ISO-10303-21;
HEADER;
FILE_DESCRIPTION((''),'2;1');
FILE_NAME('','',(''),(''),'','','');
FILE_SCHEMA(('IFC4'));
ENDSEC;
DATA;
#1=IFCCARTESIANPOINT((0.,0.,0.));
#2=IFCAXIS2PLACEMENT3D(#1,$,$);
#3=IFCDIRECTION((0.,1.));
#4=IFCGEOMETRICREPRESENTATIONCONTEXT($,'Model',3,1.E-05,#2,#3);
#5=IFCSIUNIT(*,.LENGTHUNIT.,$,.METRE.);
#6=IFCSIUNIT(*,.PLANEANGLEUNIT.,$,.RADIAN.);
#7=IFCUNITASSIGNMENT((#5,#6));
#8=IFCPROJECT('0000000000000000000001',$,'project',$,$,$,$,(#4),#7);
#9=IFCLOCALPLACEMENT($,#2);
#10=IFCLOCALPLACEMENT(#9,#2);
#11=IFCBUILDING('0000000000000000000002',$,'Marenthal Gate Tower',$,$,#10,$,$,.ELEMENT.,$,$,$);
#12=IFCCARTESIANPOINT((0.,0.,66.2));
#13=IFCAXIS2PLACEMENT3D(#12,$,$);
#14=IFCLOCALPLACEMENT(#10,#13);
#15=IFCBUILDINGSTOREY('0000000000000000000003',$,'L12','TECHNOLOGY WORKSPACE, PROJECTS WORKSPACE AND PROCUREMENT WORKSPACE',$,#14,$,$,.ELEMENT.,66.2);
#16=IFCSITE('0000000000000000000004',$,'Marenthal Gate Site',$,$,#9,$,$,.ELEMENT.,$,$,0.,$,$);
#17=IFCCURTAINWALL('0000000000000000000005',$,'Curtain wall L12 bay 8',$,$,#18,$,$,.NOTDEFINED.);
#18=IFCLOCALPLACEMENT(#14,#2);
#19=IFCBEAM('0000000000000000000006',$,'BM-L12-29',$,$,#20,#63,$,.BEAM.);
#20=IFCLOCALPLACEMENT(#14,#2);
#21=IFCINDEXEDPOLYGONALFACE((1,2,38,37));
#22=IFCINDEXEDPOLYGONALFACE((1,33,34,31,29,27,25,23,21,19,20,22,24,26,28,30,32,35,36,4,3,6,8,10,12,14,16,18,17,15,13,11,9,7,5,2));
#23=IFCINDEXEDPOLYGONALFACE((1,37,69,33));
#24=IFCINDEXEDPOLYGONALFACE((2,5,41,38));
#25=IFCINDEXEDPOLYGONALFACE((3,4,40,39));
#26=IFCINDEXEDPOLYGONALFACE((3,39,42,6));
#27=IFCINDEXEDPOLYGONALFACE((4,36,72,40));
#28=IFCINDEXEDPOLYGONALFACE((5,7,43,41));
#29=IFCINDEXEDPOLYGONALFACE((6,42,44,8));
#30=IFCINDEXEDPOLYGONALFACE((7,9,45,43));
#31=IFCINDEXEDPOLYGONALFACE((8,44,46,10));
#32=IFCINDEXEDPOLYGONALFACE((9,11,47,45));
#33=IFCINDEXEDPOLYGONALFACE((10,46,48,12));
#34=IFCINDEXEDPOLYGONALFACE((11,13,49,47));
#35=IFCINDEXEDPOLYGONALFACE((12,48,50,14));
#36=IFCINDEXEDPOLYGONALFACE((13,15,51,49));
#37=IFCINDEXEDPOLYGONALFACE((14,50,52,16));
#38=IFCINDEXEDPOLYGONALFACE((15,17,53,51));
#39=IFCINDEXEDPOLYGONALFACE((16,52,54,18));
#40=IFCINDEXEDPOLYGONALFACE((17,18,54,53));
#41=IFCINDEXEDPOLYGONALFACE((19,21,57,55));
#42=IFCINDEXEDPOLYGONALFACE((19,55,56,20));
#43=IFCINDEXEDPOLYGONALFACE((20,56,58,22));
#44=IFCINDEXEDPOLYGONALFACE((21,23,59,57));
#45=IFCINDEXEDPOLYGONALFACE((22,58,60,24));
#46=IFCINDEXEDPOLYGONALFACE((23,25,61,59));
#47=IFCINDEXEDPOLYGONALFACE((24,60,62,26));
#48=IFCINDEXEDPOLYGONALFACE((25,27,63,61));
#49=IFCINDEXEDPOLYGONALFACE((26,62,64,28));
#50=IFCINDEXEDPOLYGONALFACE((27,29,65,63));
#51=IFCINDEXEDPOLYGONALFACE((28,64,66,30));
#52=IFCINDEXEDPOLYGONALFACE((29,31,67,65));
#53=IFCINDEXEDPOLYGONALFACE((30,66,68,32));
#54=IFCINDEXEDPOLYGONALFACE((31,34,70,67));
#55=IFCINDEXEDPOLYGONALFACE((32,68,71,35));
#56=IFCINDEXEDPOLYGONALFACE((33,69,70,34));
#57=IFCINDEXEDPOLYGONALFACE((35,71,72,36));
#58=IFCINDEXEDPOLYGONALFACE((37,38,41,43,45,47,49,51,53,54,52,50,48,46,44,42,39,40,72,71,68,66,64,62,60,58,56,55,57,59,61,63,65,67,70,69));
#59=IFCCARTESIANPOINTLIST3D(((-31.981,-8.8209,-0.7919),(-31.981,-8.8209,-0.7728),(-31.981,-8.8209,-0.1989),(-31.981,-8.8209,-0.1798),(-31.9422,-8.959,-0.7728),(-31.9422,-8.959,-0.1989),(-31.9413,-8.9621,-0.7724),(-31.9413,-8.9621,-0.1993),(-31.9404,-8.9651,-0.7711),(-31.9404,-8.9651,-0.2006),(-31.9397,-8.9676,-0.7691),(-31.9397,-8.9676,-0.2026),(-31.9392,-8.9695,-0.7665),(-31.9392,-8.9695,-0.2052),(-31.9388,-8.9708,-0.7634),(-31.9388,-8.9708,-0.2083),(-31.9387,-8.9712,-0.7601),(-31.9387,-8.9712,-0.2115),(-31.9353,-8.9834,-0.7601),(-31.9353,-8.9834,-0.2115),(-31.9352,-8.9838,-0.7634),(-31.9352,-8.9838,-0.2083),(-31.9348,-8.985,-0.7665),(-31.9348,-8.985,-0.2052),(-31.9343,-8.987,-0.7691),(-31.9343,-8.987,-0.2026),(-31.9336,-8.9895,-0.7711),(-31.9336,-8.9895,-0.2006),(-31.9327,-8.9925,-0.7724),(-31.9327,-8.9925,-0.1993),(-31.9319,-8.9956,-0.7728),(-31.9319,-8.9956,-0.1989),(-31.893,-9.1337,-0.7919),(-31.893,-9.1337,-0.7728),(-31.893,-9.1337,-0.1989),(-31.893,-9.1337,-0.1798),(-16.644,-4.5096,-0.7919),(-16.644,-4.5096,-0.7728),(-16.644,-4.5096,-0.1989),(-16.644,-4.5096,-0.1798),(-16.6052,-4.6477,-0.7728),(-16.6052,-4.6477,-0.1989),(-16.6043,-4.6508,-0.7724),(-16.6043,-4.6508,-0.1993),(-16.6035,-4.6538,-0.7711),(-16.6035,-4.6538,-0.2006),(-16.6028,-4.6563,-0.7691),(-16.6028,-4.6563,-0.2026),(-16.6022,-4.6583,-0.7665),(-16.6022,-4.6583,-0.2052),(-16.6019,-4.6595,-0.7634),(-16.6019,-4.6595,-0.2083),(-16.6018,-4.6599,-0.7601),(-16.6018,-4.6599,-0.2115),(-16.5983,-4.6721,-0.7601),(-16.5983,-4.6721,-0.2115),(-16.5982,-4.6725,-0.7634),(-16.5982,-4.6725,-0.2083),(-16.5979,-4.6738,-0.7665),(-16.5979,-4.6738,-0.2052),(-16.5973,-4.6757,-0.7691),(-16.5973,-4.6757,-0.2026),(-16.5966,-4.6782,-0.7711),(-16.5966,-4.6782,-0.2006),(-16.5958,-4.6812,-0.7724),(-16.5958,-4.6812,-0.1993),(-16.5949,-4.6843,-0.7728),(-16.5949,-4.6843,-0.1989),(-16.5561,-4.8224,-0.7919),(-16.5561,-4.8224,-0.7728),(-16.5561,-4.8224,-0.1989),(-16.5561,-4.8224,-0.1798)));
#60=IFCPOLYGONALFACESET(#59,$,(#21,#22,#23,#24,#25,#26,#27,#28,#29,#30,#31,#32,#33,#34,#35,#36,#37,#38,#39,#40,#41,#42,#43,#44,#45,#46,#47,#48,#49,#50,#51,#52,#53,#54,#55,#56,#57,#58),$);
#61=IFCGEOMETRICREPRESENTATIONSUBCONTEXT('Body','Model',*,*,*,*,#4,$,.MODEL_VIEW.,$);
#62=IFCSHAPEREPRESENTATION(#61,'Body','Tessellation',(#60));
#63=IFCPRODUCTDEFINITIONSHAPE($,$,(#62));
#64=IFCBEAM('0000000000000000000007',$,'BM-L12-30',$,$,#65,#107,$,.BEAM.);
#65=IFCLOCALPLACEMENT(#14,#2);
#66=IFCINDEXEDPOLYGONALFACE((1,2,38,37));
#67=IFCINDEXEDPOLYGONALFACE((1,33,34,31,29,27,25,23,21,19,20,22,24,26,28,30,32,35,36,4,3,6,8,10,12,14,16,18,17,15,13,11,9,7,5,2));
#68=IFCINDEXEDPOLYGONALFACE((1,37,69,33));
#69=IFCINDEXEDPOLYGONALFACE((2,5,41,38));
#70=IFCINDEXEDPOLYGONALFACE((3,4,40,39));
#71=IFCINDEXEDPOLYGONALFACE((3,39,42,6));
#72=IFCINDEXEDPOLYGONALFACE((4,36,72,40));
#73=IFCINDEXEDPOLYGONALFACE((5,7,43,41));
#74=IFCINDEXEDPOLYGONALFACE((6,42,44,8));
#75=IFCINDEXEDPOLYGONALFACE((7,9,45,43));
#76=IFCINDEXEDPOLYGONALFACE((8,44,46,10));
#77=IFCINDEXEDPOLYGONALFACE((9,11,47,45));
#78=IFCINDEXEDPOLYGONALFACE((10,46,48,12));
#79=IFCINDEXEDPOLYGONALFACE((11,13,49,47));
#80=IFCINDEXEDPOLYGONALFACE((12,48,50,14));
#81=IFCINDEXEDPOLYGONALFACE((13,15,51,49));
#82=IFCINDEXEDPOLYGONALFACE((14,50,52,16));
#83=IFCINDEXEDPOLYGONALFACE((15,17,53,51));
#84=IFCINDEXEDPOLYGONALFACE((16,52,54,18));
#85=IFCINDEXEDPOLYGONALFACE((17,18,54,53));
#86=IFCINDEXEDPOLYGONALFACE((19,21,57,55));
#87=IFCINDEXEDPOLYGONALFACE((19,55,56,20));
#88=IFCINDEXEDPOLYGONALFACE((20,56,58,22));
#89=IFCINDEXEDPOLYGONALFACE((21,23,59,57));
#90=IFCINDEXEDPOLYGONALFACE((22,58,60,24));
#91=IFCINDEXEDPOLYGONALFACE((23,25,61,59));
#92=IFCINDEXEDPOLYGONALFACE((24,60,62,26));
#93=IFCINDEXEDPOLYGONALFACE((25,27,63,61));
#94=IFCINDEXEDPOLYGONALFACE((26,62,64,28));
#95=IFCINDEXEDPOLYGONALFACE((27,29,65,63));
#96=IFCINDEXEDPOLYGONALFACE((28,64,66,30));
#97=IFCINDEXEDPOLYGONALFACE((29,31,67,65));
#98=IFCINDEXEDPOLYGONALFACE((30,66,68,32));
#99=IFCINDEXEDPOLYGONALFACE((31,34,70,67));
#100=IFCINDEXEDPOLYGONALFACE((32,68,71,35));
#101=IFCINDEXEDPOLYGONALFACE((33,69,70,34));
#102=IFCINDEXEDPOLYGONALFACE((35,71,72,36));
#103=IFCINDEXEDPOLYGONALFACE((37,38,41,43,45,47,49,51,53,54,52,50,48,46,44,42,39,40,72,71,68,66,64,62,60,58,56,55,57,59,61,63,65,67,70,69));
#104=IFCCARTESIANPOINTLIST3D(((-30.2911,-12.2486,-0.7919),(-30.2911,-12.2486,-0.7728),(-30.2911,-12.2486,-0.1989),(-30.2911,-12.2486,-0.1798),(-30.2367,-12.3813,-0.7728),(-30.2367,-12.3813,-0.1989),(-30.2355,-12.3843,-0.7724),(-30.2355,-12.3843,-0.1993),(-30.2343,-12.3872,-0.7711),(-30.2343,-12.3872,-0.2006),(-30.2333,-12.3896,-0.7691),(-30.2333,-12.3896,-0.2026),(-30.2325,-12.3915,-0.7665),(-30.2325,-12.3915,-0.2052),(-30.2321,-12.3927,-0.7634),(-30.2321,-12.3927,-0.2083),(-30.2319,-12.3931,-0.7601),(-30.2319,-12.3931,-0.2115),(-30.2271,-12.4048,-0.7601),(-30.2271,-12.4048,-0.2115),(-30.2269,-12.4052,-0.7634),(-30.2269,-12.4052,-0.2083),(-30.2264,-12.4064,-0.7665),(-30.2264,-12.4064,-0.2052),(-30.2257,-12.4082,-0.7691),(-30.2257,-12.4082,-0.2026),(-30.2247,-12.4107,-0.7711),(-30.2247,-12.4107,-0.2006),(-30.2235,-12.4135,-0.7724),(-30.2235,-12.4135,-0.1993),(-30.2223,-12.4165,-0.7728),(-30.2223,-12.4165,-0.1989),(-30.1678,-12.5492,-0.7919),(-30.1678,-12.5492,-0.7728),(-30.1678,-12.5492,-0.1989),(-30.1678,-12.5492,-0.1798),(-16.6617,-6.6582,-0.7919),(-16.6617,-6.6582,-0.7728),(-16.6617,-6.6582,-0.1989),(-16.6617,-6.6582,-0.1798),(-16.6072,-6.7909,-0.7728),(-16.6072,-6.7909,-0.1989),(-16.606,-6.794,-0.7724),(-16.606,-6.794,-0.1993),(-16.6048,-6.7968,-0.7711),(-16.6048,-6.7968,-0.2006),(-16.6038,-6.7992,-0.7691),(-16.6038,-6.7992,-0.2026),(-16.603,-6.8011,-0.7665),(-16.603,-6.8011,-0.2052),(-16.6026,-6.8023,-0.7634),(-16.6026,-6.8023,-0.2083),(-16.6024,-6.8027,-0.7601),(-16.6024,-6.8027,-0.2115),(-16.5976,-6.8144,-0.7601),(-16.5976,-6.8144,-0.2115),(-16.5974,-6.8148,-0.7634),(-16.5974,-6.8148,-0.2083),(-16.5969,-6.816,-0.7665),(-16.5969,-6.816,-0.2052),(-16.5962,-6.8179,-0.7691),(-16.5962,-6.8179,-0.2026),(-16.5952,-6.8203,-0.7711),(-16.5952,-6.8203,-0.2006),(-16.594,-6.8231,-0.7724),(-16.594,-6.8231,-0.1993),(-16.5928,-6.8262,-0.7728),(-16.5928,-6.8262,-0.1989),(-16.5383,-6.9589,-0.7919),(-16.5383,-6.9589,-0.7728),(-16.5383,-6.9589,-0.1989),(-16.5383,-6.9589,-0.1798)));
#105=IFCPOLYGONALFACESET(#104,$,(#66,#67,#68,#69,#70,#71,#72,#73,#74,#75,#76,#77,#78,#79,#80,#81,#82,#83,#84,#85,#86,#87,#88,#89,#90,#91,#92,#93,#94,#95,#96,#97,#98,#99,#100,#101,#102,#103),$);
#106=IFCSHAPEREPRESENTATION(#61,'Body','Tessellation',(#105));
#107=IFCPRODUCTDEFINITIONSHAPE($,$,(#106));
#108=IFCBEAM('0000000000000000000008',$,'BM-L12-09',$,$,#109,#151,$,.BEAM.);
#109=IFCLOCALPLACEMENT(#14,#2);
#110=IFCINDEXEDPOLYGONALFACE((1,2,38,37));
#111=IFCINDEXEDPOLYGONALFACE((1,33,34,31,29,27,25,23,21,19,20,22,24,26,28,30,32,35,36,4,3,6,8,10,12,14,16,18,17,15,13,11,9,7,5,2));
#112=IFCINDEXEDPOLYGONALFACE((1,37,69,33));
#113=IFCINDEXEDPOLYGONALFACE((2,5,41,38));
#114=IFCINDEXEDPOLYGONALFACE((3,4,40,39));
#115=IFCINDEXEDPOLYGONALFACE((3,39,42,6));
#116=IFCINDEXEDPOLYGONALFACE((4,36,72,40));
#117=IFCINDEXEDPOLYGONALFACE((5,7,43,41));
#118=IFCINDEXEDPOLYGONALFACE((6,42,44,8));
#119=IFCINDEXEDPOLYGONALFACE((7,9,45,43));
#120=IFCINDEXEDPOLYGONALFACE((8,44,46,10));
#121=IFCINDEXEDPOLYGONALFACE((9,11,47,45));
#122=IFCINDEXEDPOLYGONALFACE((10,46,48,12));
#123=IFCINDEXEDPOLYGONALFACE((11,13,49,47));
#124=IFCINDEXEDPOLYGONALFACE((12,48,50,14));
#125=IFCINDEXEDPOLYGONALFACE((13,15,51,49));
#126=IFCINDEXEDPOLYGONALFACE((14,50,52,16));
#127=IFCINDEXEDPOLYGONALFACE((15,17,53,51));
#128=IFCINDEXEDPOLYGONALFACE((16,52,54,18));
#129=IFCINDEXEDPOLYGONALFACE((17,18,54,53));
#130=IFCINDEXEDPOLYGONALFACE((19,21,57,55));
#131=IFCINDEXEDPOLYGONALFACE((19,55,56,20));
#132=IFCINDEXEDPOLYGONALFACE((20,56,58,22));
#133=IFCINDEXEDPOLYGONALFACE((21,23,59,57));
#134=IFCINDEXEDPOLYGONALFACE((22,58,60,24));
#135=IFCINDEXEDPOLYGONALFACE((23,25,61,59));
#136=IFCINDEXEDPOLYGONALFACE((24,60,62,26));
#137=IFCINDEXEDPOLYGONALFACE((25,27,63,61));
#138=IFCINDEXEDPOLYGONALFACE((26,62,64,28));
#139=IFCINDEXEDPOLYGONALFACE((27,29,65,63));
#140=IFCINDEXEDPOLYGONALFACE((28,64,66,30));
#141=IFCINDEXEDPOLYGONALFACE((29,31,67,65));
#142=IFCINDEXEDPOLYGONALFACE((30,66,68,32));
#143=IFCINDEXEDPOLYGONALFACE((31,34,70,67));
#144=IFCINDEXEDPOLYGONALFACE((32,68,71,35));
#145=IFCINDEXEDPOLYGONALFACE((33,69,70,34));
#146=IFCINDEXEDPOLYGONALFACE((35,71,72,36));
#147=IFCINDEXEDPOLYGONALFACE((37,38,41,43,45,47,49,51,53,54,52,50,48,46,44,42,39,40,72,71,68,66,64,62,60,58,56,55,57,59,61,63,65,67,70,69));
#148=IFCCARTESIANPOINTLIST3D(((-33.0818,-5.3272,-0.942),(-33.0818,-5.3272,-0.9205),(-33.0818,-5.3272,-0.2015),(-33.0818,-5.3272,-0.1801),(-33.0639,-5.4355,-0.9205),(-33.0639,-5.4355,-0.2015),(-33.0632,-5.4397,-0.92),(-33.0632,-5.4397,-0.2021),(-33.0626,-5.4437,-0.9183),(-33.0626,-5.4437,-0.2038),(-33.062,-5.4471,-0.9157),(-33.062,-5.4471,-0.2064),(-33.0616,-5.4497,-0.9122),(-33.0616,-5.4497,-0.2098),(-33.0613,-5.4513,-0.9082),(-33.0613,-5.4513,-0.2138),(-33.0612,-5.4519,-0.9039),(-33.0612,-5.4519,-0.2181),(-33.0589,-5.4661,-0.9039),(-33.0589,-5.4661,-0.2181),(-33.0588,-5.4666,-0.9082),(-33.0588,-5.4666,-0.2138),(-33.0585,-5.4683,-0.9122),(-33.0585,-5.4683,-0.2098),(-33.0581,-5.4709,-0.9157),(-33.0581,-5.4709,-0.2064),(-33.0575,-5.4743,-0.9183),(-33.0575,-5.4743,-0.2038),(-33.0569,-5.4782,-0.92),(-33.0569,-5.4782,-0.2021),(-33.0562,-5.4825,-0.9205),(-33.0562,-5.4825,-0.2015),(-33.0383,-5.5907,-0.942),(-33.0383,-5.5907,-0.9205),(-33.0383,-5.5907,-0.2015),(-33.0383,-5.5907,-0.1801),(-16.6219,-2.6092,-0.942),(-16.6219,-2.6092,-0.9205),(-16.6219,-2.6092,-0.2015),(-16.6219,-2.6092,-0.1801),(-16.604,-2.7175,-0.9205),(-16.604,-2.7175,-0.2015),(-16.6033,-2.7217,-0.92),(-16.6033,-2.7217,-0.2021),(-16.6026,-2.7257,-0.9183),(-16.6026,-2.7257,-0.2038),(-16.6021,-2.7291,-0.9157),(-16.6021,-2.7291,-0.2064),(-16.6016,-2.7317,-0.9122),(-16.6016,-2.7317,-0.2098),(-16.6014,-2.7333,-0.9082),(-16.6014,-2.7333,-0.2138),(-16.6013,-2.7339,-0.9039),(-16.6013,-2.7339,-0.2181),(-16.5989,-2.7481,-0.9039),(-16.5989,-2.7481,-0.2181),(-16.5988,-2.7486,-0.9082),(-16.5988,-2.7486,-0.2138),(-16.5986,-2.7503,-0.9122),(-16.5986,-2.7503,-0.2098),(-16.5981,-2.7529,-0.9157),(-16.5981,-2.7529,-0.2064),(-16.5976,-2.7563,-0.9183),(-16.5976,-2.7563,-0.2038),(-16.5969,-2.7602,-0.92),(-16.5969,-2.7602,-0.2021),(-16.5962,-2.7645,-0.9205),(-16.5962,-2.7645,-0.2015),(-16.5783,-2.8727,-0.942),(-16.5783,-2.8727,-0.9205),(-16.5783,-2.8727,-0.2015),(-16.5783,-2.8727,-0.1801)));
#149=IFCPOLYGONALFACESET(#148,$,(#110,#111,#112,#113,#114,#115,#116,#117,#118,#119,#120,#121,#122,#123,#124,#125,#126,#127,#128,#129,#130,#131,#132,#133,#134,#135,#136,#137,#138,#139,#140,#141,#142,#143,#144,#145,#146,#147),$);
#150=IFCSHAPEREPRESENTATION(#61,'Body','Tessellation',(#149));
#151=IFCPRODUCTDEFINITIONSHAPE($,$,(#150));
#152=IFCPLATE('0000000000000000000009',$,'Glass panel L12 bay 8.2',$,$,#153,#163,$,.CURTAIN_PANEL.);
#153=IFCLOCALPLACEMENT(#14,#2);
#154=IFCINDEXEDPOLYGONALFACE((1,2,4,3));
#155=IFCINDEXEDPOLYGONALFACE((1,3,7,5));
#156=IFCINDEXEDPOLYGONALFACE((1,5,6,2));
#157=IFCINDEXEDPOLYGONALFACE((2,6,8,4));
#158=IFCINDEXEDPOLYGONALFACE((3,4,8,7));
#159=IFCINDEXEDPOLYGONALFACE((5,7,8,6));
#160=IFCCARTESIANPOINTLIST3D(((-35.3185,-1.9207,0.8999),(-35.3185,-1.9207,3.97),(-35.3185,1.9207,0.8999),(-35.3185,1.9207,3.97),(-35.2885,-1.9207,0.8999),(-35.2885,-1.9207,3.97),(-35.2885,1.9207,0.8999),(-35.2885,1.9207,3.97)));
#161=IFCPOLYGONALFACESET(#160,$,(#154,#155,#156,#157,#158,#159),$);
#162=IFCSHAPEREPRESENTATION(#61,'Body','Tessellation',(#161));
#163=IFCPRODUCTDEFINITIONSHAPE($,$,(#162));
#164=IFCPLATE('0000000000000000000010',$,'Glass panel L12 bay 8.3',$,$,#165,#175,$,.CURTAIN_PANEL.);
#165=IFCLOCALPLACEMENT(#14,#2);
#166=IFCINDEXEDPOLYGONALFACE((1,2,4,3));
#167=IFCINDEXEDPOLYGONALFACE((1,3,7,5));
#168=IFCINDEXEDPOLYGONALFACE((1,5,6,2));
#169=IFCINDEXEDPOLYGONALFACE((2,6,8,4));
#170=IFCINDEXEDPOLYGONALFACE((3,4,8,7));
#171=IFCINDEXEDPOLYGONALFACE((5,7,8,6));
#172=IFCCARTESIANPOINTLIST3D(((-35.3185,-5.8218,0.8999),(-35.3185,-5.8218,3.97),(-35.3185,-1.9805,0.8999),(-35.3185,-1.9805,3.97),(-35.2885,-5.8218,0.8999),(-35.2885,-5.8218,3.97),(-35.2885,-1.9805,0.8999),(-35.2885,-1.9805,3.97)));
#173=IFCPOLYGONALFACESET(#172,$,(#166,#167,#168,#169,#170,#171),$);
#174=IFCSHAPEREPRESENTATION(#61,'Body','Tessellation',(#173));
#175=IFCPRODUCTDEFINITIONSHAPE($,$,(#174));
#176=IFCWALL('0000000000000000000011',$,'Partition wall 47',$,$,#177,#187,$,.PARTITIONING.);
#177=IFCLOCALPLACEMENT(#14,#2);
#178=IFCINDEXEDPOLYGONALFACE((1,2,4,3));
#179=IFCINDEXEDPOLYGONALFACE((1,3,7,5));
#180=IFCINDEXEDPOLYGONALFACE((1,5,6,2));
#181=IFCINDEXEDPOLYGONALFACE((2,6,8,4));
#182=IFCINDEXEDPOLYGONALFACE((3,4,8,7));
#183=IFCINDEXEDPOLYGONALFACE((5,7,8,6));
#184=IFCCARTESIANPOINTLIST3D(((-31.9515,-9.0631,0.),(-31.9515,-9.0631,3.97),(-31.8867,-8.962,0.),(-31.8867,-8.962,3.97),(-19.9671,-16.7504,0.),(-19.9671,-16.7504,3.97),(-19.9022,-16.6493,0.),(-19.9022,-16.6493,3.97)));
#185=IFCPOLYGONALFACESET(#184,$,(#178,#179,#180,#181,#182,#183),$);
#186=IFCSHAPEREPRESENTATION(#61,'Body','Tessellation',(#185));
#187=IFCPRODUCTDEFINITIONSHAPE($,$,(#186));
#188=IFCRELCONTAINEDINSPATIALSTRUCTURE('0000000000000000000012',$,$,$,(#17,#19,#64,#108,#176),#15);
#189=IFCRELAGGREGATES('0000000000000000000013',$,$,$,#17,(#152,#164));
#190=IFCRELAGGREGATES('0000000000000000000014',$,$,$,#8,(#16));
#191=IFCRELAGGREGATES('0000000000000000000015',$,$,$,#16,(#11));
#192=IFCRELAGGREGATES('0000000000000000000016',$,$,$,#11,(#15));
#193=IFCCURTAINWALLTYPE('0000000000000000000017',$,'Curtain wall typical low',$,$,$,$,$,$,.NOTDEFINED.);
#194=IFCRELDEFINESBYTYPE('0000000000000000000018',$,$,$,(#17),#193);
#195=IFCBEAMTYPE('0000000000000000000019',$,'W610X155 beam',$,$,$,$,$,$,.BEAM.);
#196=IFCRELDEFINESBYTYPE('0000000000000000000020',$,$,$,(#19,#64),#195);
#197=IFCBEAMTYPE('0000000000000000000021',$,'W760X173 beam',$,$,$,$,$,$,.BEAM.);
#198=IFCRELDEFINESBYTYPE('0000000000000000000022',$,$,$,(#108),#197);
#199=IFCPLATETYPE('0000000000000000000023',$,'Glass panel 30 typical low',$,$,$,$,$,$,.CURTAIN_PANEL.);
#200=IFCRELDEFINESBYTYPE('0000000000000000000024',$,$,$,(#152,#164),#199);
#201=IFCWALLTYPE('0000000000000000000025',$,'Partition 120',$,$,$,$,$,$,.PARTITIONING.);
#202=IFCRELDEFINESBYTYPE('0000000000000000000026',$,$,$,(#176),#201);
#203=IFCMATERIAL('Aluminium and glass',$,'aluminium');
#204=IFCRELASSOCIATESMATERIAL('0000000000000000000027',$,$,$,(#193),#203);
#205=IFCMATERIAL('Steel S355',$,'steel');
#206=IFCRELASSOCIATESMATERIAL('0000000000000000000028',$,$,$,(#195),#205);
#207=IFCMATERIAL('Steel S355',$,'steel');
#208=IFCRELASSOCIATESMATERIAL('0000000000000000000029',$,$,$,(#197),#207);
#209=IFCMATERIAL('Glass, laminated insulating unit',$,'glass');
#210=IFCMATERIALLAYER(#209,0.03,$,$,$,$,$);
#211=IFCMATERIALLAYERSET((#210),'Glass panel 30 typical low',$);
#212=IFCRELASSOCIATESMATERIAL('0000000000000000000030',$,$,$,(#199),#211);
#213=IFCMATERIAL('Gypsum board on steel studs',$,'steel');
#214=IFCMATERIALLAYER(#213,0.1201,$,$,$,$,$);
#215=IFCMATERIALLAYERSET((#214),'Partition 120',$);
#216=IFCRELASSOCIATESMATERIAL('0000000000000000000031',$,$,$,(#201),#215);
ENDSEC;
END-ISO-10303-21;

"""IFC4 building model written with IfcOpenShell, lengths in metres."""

from ifc_helpers import new_model, si_unit, direction, frame, frame_2d, origin, origin_2d, place, context, subcontext, project, spatial, rectangle, i_section, extrude, material, layer, layer_set, material_profile, profile_set, type_object, element, aggregate, save


model = new_model("IFC4")

# Units and contexts
model_context = context("Model", 3, precision=1e-05, world=origin(), true_north=direction((0.0, 1.0)))
body_context = subcontext(model_context, "Body", "Model", "MODEL_VIEW")
ifc_project = project(units=[si_unit("LENGTHUNIT", "METRE"), si_unit("PLANEANGLEUNIT", "RADIAN")], contexts=[model_context])

# Site, building, storey
site_placement = place(None, origin())
site = spatial("IfcSite", under=ifc_project, at=site_placement, Name="Marenthal Gate Site", CompositionType="ELEMENT", RefElevation=0.0)
building_placement = place(site_placement, origin())
building = spatial("IfcBuilding", under=site, at=building_placement, Name="Marenthal Gate Tower", CompositionType="ELEMENT")
storey_placement = place(building_placement, frame((0.0, 0.0, 66.2)))
storey = spatial("IfcBuildingStorey", under=building, at=storey_placement, Name="L12", Description="TECHNOLOGY WORKSPACE, PROJECTS WORKSPACE AND PROCUREMENT WORKSPACE", CompositionType="ELEMENT", Elevation=66.2)

# Curtain wall
ifc_material_1 = material(Name="Aluminium and glass", Category="aluminium")
curtain_wall_type = type_object("IfcCurtainWallType", Name="Curtain wall typical low", PredefinedType="NOTDEFINED", material=ifc_material_1)
curtain_wall_placement = place(storey_placement, origin())
curtain_wall = element("IfcCurtainWall", 1, at=curtain_wall_placement, inside=storey, type_object=curtain_wall_type, Name="Curtain wall L12 bay 8", PredefinedType="NOTDEFINED")

# Beams
ifc_material_2 = material(Name="Steel S355", Category="steel")
ifc_material_profile_1 = material_profile(ifc_material_2, i_section(OverallWidth=0.325, OverallDepth=0.6121, WebThickness=0.0127, FlangeThickness=0.019, FilletRadius=0.0127, at=origin_2d()), Name="W610X155")
ifc_profile_set_1 = profile_set([ifc_material_profile_1], Name="Steel S355")
beam_type_1 = type_object("IfcBeamType", Name="W610X155 beam", PredefinedType="BEAM", material=ifc_profile_set_1)
beam_1_placement = place(storey_placement, frame((-31.937, -8.9773, -0.4858), z_axis=(0.962687, 0.270616, 0.0), x_axis=(-0.270616, 0.962687, 0.0)))
element("IfcBeam", 2, at=beam_1_placement, inside=storey, type_object=beam_type_1, Name="BM-L12-29", PredefinedType="BEAM", context=body_context, shape_type="SweptSolid", body=[
    extrude(i_section(OverallWidth=0.325, OverallDepth=0.6121, WebThickness=0.0127, FlangeThickness=0.019, FilletRadius=0.0127, at=origin_2d()), origin(), (0.0, 0.0, 1.0), 15.9314),
])
beam_2_placement = place(storey_placement, frame((-30.2295, -12.3989, -0.4858), z_axis=(0.925198, 0.379486, 0.0), x_axis=(-0.379486, 0.925198, 0.0)))
element("IfcBeam", 3, at=beam_2_placement, inside=storey, type_object=beam_type_1, Name="BM-L12-30", PredefinedType="BEAM", context=body_context, shape_type="SweptSolid", body=[
    extrude(i_section(OverallWidth=0.325, OverallDepth=0.6121, WebThickness=0.0127, FlangeThickness=0.019, FilletRadius=0.0127, at=origin_2d()), origin(), (0.0, 0.0, 1.0), 14.7314),
])
ifc_material_3 = material(Name="Steel S355", Category="steel")
ifc_material_profile_2 = material_profile(ifc_material_3, i_section(OverallWidth=0.2671, OverallDepth=0.762, WebThickness=0.0144, FlangeThickness=0.0215, FilletRadius=0.0166, at=origin_2d()), Name="W760X173")
ifc_profile_set_2 = profile_set([ifc_material_profile_2], Name="Steel S355")
beam_type_2 = type_object("IfcBeamType", Name="W760X173 beam", PredefinedType="BEAM", material=ifc_profile_set_2)
beam_3_placement = place(storey_placement, frame((-33.0601, -5.459, -0.561), z_axis=(0.986639, 0.162923, 0.0), x_axis=(-0.162923, 0.986639, 0.0)))
element("IfcBeam", 4, at=beam_3_placement, inside=storey, type_object=beam_type_2, Name="BM-L12-09", PredefinedType="BEAM", context=body_context, shape_type="SweptSolid", body=[
    extrude(i_section(OverallWidth=0.2671, OverallDepth=0.762, WebThickness=0.0144, FlangeThickness=0.0215, FilletRadius=0.0166, at=origin_2d()), origin(), (0.0, 0.0, 1.0), 16.6829),
])

# Plates
ifc_material_4 = material(Name="Glass, laminated insulating unit", Category="glass")
ifc_layer_1 = layer(ifc_material_4, 0.03)
ifc_layer_set_1 = layer_set([ifc_layer_1], Name="Glass panel 30 typical low")
plate_type = type_object("IfcPlateType", Name="Glass panel 30 typical low", PredefinedType="CURTAIN_PANEL", material=ifc_layer_set_1)
plate_1_placement = place(storey_placement, frame((-35.3035, 0.0, 0.8999), z_axis=(0.0, 0.0, 1.0), x_axis=(0.0, -1.0, 0.0)))
plate_1 = element("IfcPlate", 5, at=plate_1_placement, type_object=plate_type, Name="Glass panel L12 bay 8.2", PredefinedType="CURTAIN_PANEL", context=body_context, shape_type="SweptSolid", body=[
    extrude(rectangle(XDim=3.8413, YDim=0.03, at=origin_2d()), origin(), (0.0, 0.0, 1.0), 3.0701),
])
plate_2_placement = place(storey_placement, frame((-35.3035, -3.9011, 0.8999), z_axis=(0.0, 0.0, 1.0), x_axis=(0.0, -1.0, 0.0)))
plate_2 = element("IfcPlate", 6, at=plate_2_placement, type_object=plate_type, Name="Glass panel L12 bay 8.3", PredefinedType="CURTAIN_PANEL", context=body_context, shape_type="SweptSolid", body=[
    extrude(rectangle(XDim=3.8413, YDim=0.03, at=origin_2d()), origin(), (0.0, 0.0, 1.0), 3.0701),
])
aggregate(curtain_wall, [plate_1, plate_2])

# Wall
ifc_material_5 = material(Name="Gypsum board on steel studs", Category="steel")
ifc_layer_2 = layer(ifc_material_5, 0.1201)
ifc_layer_set_2 = layer_set([ifc_layer_2], Name="Partition 120")
wall_type_1 = type_object("IfcWallType", Name="Partition 120", PredefinedType="PARTITIONING", material=ifc_layer_set_2)
wall_1_placement = place(storey_placement, frame((-31.9192, -9.0125, 0.0), z_axis=(0.0, 0.0, 1.0), x_axis=(0.841721, -0.539913, 0.0)))
element("IfcWall", 7, at=wall_1_placement, inside=storey, type_object=wall_type_1, Name="Partition wall 47", PredefinedType="PARTITIONING", context=body_context, shape_type="SweptSolid", body=[
    extrude(rectangle(XDim=14.238, YDim=0.1201, at=frame_2d((7.1191, 0.0))), origin(), (0.0, 0.0, 1.0), 3.97),
])

save(model, "model.ifc")
